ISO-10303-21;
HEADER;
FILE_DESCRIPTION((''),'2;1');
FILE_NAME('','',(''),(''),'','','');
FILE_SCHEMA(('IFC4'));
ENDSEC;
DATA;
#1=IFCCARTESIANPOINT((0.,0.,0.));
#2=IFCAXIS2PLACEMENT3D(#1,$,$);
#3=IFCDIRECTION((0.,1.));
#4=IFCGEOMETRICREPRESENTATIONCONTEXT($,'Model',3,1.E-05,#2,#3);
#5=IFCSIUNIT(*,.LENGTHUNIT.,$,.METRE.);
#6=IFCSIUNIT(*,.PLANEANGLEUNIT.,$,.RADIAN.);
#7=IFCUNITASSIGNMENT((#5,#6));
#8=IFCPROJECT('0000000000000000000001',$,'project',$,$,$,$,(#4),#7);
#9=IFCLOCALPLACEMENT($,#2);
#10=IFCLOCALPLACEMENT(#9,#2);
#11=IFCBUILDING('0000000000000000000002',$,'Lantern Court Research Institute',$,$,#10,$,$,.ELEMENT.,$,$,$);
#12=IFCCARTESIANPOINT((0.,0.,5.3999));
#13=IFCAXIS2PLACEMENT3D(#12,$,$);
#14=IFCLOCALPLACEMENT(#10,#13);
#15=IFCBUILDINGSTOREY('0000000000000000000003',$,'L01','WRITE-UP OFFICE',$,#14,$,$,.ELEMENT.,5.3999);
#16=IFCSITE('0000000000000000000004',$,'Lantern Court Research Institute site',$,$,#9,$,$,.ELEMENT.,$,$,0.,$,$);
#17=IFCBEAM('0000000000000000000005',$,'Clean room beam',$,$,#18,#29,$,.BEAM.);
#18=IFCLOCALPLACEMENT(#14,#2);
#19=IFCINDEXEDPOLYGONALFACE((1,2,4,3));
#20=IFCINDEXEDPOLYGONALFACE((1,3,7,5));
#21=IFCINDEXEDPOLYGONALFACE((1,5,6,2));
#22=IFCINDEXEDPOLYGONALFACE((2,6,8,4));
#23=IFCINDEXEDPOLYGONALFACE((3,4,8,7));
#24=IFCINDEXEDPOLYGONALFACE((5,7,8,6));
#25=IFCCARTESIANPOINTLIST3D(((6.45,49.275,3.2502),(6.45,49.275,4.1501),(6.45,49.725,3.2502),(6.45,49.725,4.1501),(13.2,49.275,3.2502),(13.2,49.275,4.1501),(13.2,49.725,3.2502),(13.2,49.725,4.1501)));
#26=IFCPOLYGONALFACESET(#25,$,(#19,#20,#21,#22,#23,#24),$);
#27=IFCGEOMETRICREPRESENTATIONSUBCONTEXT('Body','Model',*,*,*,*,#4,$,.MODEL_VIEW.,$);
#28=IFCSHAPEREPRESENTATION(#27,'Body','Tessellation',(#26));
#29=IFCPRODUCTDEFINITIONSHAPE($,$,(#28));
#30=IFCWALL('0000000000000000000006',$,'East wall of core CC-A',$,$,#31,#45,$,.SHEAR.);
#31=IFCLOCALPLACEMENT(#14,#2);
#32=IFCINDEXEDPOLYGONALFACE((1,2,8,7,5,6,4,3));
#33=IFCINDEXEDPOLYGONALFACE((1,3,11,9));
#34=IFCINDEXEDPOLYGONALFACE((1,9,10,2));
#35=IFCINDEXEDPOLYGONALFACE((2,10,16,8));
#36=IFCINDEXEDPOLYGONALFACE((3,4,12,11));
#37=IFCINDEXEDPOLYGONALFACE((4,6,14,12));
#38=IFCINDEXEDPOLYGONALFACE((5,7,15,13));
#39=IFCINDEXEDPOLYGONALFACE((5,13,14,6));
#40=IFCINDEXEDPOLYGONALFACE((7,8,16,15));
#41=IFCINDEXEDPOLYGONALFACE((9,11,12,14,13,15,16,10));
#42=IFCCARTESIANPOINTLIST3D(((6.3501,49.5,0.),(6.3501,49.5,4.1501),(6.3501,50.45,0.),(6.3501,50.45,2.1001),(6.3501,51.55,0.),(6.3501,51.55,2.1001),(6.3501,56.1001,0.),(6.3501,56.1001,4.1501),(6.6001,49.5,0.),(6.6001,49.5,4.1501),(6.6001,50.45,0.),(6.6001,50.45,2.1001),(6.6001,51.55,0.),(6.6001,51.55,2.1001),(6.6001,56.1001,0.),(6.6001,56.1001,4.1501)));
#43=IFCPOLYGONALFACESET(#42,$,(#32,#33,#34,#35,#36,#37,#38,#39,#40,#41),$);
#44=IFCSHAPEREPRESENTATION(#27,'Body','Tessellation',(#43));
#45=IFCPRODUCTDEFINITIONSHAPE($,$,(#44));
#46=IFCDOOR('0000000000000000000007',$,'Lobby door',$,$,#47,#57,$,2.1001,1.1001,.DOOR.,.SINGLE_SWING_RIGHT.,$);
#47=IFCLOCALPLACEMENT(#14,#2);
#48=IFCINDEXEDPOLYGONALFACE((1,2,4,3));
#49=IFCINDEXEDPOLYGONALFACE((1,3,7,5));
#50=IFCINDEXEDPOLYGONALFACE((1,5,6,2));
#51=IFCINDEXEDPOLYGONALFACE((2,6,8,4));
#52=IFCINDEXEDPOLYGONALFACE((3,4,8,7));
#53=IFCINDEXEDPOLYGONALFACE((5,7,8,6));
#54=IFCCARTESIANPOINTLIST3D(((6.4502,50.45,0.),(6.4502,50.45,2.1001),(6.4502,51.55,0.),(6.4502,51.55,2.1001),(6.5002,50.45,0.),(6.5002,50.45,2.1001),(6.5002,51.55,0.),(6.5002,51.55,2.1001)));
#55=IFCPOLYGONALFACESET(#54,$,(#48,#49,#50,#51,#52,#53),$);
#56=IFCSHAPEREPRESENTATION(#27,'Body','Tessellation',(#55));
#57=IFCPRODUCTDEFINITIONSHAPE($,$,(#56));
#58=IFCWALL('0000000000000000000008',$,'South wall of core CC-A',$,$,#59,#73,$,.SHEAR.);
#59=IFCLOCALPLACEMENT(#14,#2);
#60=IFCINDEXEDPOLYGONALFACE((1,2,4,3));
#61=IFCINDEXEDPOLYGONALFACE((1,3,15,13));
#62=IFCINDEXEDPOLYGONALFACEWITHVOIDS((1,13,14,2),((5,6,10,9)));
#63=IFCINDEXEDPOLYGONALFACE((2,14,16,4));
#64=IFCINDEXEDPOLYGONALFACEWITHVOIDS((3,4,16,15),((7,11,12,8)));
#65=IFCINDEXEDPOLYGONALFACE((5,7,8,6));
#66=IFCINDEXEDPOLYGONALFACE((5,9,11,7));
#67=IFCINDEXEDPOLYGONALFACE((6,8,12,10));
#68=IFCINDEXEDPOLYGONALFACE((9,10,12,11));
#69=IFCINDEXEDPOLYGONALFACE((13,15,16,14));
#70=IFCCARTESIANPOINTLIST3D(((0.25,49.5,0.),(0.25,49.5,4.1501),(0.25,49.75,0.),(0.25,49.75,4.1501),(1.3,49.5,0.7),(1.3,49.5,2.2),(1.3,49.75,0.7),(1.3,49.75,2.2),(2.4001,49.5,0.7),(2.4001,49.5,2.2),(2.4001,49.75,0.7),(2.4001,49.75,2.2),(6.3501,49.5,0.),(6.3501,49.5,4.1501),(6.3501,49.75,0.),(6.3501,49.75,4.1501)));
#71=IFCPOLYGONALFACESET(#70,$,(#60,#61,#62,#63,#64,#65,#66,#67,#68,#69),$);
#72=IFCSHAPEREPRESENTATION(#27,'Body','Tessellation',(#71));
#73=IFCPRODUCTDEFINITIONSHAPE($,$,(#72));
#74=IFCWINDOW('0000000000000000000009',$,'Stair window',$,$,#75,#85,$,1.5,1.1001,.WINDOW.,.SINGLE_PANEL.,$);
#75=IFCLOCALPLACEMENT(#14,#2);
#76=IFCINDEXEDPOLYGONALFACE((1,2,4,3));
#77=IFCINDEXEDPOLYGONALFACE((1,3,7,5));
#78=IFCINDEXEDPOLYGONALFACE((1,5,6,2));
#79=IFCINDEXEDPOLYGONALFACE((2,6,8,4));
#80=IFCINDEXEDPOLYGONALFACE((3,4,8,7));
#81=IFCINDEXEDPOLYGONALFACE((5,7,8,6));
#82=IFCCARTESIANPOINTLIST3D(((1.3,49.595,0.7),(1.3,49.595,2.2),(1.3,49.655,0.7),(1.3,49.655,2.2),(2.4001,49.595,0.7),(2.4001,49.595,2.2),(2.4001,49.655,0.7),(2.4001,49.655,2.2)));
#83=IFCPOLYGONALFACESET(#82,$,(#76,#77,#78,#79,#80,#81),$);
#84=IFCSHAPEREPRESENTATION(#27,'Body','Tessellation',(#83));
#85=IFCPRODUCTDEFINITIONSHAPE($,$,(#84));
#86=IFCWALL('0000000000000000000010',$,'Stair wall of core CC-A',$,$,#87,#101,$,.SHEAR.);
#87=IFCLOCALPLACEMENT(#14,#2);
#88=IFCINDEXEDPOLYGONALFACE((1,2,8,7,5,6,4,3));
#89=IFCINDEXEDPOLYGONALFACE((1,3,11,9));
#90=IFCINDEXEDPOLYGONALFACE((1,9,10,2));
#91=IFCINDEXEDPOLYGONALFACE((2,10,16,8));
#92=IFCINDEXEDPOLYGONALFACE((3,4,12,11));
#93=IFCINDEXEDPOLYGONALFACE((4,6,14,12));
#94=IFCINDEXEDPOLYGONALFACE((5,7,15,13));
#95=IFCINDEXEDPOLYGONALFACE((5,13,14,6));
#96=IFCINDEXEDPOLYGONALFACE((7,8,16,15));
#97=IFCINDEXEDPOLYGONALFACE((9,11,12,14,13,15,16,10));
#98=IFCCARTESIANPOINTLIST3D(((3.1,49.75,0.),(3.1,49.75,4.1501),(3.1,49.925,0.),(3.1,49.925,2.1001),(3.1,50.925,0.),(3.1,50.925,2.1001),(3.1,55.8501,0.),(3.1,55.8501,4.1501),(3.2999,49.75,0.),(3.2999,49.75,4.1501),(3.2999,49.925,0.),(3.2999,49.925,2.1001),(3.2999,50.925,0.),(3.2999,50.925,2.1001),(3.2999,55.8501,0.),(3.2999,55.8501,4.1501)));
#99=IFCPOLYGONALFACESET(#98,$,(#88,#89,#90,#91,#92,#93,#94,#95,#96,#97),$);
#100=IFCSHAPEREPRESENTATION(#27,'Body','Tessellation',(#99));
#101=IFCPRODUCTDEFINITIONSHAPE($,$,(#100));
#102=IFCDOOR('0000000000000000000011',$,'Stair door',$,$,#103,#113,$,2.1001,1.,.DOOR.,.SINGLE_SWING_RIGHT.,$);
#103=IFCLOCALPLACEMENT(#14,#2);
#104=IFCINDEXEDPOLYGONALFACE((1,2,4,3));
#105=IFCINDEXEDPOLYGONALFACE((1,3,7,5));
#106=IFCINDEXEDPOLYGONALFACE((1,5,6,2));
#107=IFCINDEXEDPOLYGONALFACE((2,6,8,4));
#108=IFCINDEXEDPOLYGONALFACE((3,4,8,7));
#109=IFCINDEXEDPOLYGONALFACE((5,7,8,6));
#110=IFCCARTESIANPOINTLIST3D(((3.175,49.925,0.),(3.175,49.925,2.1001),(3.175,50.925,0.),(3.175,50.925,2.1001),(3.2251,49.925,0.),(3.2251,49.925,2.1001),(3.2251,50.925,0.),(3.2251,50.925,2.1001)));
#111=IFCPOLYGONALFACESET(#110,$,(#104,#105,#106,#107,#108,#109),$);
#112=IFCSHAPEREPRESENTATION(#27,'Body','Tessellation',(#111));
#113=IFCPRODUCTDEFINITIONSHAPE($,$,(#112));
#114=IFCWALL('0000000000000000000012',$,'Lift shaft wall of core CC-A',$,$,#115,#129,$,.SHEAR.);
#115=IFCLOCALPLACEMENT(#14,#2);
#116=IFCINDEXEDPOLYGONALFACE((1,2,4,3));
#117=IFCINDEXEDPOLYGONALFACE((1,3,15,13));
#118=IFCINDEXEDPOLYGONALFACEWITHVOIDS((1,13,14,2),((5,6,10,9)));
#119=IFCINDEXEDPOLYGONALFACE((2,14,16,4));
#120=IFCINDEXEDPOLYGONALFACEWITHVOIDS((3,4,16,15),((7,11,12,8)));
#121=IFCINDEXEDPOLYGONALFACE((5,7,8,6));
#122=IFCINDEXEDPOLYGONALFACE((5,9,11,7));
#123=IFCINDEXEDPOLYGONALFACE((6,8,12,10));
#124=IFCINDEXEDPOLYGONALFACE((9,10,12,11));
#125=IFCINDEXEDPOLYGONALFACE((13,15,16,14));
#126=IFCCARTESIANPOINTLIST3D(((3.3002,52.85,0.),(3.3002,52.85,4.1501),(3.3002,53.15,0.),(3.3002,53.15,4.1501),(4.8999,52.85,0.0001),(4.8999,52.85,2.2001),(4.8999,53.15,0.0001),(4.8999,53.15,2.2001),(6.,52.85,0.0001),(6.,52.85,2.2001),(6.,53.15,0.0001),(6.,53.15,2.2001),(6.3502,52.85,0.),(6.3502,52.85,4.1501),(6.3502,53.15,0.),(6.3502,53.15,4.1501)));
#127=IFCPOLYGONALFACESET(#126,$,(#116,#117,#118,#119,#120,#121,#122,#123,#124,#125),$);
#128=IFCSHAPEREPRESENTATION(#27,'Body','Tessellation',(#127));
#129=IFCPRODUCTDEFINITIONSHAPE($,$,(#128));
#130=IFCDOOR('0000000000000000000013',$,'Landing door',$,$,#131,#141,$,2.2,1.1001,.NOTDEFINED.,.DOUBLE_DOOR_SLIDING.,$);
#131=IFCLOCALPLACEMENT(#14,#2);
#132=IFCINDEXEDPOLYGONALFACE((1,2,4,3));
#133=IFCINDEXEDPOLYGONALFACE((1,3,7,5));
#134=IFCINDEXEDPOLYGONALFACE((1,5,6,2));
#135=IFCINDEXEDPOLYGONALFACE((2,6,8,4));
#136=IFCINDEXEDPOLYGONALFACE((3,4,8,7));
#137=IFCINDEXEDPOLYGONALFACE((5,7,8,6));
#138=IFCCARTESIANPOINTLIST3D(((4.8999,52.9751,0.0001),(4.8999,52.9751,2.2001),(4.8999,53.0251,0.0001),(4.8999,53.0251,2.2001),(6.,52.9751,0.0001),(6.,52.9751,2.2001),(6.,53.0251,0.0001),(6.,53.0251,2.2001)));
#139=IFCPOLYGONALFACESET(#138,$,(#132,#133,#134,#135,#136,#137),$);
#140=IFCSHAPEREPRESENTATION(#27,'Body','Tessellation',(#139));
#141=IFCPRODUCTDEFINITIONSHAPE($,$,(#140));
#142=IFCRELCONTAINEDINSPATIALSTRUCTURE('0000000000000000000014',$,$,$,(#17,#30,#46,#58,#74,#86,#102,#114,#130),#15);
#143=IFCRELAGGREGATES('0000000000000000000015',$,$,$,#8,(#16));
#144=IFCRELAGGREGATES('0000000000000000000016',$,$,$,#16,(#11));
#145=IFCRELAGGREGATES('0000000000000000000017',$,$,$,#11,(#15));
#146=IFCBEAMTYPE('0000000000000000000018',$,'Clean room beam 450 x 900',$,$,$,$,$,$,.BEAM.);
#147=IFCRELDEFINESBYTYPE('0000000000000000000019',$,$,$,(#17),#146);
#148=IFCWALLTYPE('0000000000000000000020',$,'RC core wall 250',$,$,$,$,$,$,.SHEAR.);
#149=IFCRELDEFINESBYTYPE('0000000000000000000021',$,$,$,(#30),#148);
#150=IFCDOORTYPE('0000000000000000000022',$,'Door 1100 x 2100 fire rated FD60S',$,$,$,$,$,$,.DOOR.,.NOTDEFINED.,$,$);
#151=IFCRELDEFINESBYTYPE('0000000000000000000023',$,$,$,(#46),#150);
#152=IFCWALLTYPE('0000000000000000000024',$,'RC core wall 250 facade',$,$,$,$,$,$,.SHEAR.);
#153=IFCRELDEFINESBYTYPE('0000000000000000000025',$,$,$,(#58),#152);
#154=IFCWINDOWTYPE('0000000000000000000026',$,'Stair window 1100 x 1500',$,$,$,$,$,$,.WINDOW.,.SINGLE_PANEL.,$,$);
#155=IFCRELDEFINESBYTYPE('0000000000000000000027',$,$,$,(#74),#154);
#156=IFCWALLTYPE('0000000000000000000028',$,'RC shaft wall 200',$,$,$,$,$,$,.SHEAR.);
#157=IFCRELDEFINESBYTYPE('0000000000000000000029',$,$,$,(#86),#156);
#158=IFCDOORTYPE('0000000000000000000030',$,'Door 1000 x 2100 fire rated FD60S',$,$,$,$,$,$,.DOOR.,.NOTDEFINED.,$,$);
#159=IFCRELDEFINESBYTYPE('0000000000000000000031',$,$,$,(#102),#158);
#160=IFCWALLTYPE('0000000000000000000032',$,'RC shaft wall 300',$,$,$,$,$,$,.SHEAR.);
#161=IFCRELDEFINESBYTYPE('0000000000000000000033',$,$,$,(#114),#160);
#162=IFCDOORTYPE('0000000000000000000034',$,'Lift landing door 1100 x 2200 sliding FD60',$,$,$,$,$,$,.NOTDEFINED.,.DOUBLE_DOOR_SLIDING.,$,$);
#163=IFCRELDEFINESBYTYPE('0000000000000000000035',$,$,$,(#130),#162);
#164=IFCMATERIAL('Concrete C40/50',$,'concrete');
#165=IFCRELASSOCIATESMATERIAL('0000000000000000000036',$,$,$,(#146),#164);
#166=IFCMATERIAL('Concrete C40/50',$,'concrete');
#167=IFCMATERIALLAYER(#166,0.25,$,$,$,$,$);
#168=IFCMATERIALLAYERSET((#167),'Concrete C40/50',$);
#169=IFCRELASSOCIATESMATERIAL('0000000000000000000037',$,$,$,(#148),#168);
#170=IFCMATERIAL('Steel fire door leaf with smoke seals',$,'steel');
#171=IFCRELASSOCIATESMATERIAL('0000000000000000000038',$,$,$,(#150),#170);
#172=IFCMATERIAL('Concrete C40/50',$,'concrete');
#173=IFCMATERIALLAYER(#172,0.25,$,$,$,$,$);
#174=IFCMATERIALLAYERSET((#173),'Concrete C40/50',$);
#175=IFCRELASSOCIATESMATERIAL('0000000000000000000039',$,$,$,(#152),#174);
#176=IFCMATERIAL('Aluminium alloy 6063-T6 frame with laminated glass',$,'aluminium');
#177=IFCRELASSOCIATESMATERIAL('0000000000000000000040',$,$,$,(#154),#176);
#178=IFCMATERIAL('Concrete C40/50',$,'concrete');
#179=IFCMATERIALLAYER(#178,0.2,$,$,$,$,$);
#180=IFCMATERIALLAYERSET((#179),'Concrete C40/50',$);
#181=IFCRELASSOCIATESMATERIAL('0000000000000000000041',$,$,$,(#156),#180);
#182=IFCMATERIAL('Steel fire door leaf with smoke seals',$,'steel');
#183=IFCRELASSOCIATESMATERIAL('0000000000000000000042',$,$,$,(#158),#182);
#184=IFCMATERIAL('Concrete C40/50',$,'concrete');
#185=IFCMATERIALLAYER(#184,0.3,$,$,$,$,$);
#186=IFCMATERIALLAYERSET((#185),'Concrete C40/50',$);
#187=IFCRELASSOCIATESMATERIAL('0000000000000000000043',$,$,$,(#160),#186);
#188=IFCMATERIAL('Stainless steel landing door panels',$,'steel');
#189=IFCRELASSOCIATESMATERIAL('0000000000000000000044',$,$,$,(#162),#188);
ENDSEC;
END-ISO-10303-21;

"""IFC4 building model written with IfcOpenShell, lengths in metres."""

from ifc_helpers import new_model, si_unit, direction, frame, frame_2d, origin, origin_2d, place, context, subcontext, project, spatial, rectangle, extrude, material, layer, layer_set, material_profile, profile_set, type_object, element, fill, save


model = new_model("IFC4")

# Units and contexts
model_context = context("Model", 3, precision=1e-05, world=origin(), true_north=direction((0.0, 1.0)))
body_context = subcontext(model_context, "Body", "Model", "MODEL_VIEW")
ifc_project = project(units=[si_unit("LENGTHUNIT", "METRE"), si_unit("PLANEANGLEUNIT", "RADIAN")], contexts=[model_context])

# Site, building, storey
site_placement = place(None, origin())
site = spatial("IfcSite", under=ifc_project, at=site_placement, Name="Lantern Court Research Institute site", CompositionType="ELEMENT", RefElevation=0.0)
building_placement = place(site_placement, origin())
building = spatial("IfcBuilding", under=site, at=building_placement, Name="Lantern Court Research Institute", CompositionType="ELEMENT")
storey_placement = place(building_placement, frame((0.0, 0.0, 5.3999)))
storey = spatial("IfcBuildingStorey", under=building, at=storey_placement, Name="L01", Description="WRITE-UP OFFICE", CompositionType="ELEMENT", Elevation=5.3999)

# Beam
ifc_material_1 = material(Name="Concrete C40/50", Category="concrete")
ifc_material_profile = material_profile(ifc_material_1, rectangle(XDim=0.45, YDim=0.8999, at=origin_2d()), Name="Clean room beam 450 x 900")
ifc_profile_set = profile_set([ifc_material_profile], Name="Concrete C40/50")
beam_type = type_object("IfcBeamType", Name="Clean room beam 450 x 900", PredefinedType="BEAM", material=ifc_profile_set)
beam_placement = place(storey_placement, frame((6.45, 49.5, 3.7002), z_axis=(1.0, 0.0, 0.0), x_axis=(0.0, 1.0, 0.0)))
element("IfcBeam", 1, at=beam_placement, inside=storey, type_object=beam_type, Name="Clean room beam", PredefinedType="BEAM", context=body_context, shape_type="SweptSolid", body=[
    extrude(rectangle(XDim=0.45, YDim=0.8999, at=origin_2d()), origin(), (0.0, 0.0, 1.0), 6.75),
])

# Wall, opening, door
ifc_material_2 = material(Name="Concrete C40/50", Category="concrete")
ifc_layer_1 = layer(ifc_material_2, 0.25)
ifc_layer_set_1 = layer_set([ifc_layer_1], Name="Concrete C40/50")
wall_type_1 = type_object("IfcWallType", Name="RC core wall 250", PredefinedType="SHEAR", material=ifc_layer_set_1)
wall_1_placement = place(storey_placement, frame((6.4751, 49.5, 0.0), z_axis=(0.0, 0.0, 1.0), x_axis=(0.0, 1.0, 0.0)))
wall_1 = element("IfcWall", 2, at=wall_1_placement, inside=storey, type_object=wall_type_1, Name="East wall of core CC-A", PredefinedType="SHEAR", context=body_context, shape_type="SweptSolid", body=[
    extrude(rectangle(XDim=6.6001, YDim=0.25, at=frame_2d((3.3, 0.0))), origin(), (0.0, 0.0, 1.0), 4.1501),
])
opening_1_placement = place(wall_1_placement, frame((0.95, 0.0, 0.0)))
opening_1 = element("IfcOpeningElement", 3, at=opening_1_placement, cuts=wall_1, PredefinedType="OPENING", context=body_context, shape_type="SweptSolid", body=[
    extrude(rectangle(XDim=1.1001, YDim=2.1001, at=frame_2d((0.55, 1.05))), frame((0.0, 0.135, 0.0), z_axis=(0.0, -1.0, 0.0), x_axis=(1.0, 0.0, 0.0)), (0.0, 0.0, 1.0), 0.27),
])
ifc_material_3 = material(Name="Steel fire door leaf with smoke seals", Category="steel")
door_type_1 = type_object("IfcDoorType", Name="Door 1100 x 2100 fire rated FD60S", OperationType="NOTDEFINED", PredefinedType="DOOR", material=ifc_material_3)
door_1_placement = place(opening_1_placement, origin())
door_1 = element("IfcDoor", 4, at=door_1_placement, inside=storey, type_object=door_type_1, Name="Lobby door", OperationType="SINGLE_SWING_RIGHT", OverallHeight=2.1001, OverallWidth=1.1001, PredefinedType="DOOR", context=body_context, shape_type="SweptSolid", body=[
    extrude(rectangle(XDim=1.1001, YDim=2.1001, at=frame_2d((0.55, 1.05))), frame((0.0, 0.0249, 0.0), z_axis=(0.0, -1.0, 0.0), x_axis=(1.0, 0.0, 0.0)), (0.0, 0.0, 1.0), 0.05),
])
fill(opening_1, door_1)

# Wall, opening, window
ifc_material_4 = material(Name="Concrete C40/50", Category="concrete")
ifc_layer_2 = layer(ifc_material_4, 0.25)
ifc_layer_set_2 = layer_set([ifc_layer_2], Name="Concrete C40/50")
wall_type_2 = type_object("IfcWallType", Name="RC core wall 250 facade", PredefinedType="SHEAR", material=ifc_layer_set_2)
wall_2_placement = place(storey_placement, frame((6.3501, 49.625, 0.0), z_axis=(0.0, 0.0, 1.0), x_axis=(-1.0, 0.0, 0.0)))
wall_2 = element("IfcWall", 5, at=wall_2_placement, inside=storey, type_object=wall_type_2, Name="South wall of core CC-A", PredefinedType="SHEAR", context=body_context, shape_type="SweptSolid", body=[
    extrude(rectangle(XDim=6.1001, YDim=0.25, at=frame_2d((3.05, 0.0))), origin(), (0.0, 0.0, 1.0), 4.1501),
])
opening_2_placement = place(wall_2_placement, frame((3.95, 0.0, 0.7)))
opening_2 = element("IfcOpeningElement", 6, at=opening_2_placement, cuts=wall_2, PredefinedType="OPENING", context=body_context, shape_type="SweptSolid", body=[
    extrude(rectangle(XDim=1.1001, YDim=1.5, at=frame_2d((0.55, 0.75))), frame((0.0, 0.135, 0.0), z_axis=(0.0, -1.0, 0.0), x_axis=(1.0, 0.0, 0.0)), (0.0, 0.0, 1.0), 0.27),
])
ifc_material_5 = material(Name="Aluminium alloy 6063-T6 frame with laminated glass", Category="aluminium")
window_type = type_object("IfcWindowType", Name="Stair window 1100 x 1500", PartitioningType="SINGLE_PANEL", PredefinedType="WINDOW", material=ifc_material_5)
window_placement = place(opening_2_placement, origin())
window = element("IfcWindow", 7, at=window_placement, inside=storey, type_object=window_type, Name="Stair window", OverallHeight=1.5, OverallWidth=1.1001, PartitioningType="SINGLE_PANEL", PredefinedType="WINDOW", context=body_context, shape_type="SweptSolid", body=[
    extrude(rectangle(XDim=1.1001, YDim=1.5, at=frame_2d((0.55, 0.75))), frame((0.0, 0.03, 0.0), z_axis=(0.0, -1.0, 0.0), x_axis=(1.0, 0.0, 0.0)), (0.0, 0.0, 1.0), 0.0601),
])
fill(opening_2, window)

# Walls, openings, doors
ifc_material_6 = material(Name="Concrete C40/50", Category="concrete")
ifc_layer_3 = layer(ifc_material_6, 0.2)
ifc_layer_set_3 = layer_set([ifc_layer_3], Name="Concrete C40/50")
wall_type_3 = type_object("IfcWallType", Name="RC shaft wall 200", PredefinedType="SHEAR", material=ifc_layer_set_3)
wall_3_placement = place(storey_placement, frame((3.2, 49.75, 0.0), z_axis=(0.0, 0.0, 1.0), x_axis=(0.0, 1.0, 0.0)))
wall_3 = element("IfcWall", 8, at=wall_3_placement, inside=storey, type_object=wall_type_3, Name="Stair wall of core CC-A", PredefinedType="SHEAR", context=body_context, shape_type="SweptSolid", body=[
    extrude(rectangle(XDim=6.1001, YDim=0.2, at=frame_2d((3.05, 0.0))), origin(), (0.0, 0.0, 1.0), 4.1501),
])
opening_3_placement = place(wall_3_placement, frame((0.175, 0.0, 0.0)))
opening_3 = element("IfcOpeningElement", 9, at=opening_3_placement, cuts=wall_3, PredefinedType="OPENING", context=body_context, shape_type="SweptSolid", body=[
    extrude(rectangle(XDim=1.0, YDim=2.1001, at=frame_2d((0.5, 1.05))), frame((0.0, 0.1099, 0.0), z_axis=(0.0, -1.0, 0.0), x_axis=(1.0, 0.0, 0.0)), (0.0, 0.0, 1.0), 0.22),
])
ifc_material_7 = material(Name="Steel fire door leaf with smoke seals", Category="steel")
door_type_2 = type_object("IfcDoorType", Name="Door 1000 x 2100 fire rated FD60S", OperationType="NOTDEFINED", PredefinedType="DOOR", material=ifc_material_7)
door_2_placement = place(opening_3_placement, origin())
door_2 = element("IfcDoor", 10, at=door_2_placement, inside=storey, type_object=door_type_2, Name="Stair door", OperationType="SINGLE_SWING_RIGHT", OverallHeight=2.1001, OverallWidth=1.0, PredefinedType="DOOR", context=body_context, shape_type="SweptSolid", body=[
    extrude(rectangle(XDim=1.0, YDim=2.1001, at=frame_2d((0.5, 1.05))), frame((0.0, 0.0249, 0.0), z_axis=(0.0, -1.0, 0.0), x_axis=(1.0, 0.0, 0.0)), (0.0, 0.0, 1.0), 0.05),
])
fill(opening_3, door_2)
ifc_material_8 = material(Name="Concrete C40/50", Category="concrete")
ifc_layer_4 = layer(ifc_material_8, 0.3)
ifc_layer_set_4 = layer_set([ifc_layer_4], Name="Concrete C40/50")
wall_type_4 = type_object("IfcWallType", Name="RC shaft wall 300", PredefinedType="SHEAR", material=ifc_layer_set_4)
wall_4_placement = place(storey_placement, frame((6.3501, 53.0, 0.0), z_axis=(0.0, 0.0, 1.0), x_axis=(-1.0, 0.0, 0.0)))
wall_4 = element("IfcWall", 11, at=wall_4_placement, inside=storey, type_object=wall_type_4, Name="Lift shaft wall of core CC-A", PredefinedType="SHEAR", context=body_context, shape_type="SweptSolid", body=[
    extrude(rectangle(XDim=3.05, YDim=0.3, at=frame_2d((1.5249, 0.0))), origin(), (0.0, 0.0, 1.0), 4.1501),
])
opening_4_placement = place(wall_4_placement, frame((0.3501, 0.0, 0.0)))
opening_4 = element("IfcOpeningElement", 12, at=opening_4_placement, cuts=wall_4, PredefinedType="OPENING", context=body_context, shape_type="SweptSolid", body=[
    extrude(rectangle(XDim=1.1001, YDim=2.2, at=frame_2d((0.55, 1.1001))), frame((0.0, 0.1599, 0.0), z_axis=(0.0, -1.0, 0.0), x_axis=(1.0, 0.0, 0.0)), (0.0, 0.0, 1.0), 0.3201),
])
ifc_material_9 = material(Name="Stainless steel landing door panels", Category="steel")
door_type_3 = type_object("IfcDoorType", Name="Lift landing door 1100 x 2200 sliding FD60", OperationType="DOUBLE_DOOR_SLIDING", PredefinedType="NOTDEFINED", material=ifc_material_9)
door_3_placement = place(opening_4_placement, origin())
door_3 = element("IfcDoor", 13, at=door_3_placement, inside=storey, type_object=door_type_3, Name="Landing door", OperationType="DOUBLE_DOOR_SLIDING", OverallHeight=2.2, OverallWidth=1.1001, PredefinedType="NOTDEFINED", context=body_context, shape_type="SweptSolid", body=[
    extrude(rectangle(XDim=1.1001, YDim=2.2, at=frame_2d((0.55, 1.1001))), frame((0.0, 0.0249, 0.0), z_axis=(0.0, -1.0, 0.0), x_axis=(1.0, 0.0, 0.0)), (0.0, 0.0, 1.0), 0.05),
])
fill(opening_4, door_3)

save(model, "model.ifc")
